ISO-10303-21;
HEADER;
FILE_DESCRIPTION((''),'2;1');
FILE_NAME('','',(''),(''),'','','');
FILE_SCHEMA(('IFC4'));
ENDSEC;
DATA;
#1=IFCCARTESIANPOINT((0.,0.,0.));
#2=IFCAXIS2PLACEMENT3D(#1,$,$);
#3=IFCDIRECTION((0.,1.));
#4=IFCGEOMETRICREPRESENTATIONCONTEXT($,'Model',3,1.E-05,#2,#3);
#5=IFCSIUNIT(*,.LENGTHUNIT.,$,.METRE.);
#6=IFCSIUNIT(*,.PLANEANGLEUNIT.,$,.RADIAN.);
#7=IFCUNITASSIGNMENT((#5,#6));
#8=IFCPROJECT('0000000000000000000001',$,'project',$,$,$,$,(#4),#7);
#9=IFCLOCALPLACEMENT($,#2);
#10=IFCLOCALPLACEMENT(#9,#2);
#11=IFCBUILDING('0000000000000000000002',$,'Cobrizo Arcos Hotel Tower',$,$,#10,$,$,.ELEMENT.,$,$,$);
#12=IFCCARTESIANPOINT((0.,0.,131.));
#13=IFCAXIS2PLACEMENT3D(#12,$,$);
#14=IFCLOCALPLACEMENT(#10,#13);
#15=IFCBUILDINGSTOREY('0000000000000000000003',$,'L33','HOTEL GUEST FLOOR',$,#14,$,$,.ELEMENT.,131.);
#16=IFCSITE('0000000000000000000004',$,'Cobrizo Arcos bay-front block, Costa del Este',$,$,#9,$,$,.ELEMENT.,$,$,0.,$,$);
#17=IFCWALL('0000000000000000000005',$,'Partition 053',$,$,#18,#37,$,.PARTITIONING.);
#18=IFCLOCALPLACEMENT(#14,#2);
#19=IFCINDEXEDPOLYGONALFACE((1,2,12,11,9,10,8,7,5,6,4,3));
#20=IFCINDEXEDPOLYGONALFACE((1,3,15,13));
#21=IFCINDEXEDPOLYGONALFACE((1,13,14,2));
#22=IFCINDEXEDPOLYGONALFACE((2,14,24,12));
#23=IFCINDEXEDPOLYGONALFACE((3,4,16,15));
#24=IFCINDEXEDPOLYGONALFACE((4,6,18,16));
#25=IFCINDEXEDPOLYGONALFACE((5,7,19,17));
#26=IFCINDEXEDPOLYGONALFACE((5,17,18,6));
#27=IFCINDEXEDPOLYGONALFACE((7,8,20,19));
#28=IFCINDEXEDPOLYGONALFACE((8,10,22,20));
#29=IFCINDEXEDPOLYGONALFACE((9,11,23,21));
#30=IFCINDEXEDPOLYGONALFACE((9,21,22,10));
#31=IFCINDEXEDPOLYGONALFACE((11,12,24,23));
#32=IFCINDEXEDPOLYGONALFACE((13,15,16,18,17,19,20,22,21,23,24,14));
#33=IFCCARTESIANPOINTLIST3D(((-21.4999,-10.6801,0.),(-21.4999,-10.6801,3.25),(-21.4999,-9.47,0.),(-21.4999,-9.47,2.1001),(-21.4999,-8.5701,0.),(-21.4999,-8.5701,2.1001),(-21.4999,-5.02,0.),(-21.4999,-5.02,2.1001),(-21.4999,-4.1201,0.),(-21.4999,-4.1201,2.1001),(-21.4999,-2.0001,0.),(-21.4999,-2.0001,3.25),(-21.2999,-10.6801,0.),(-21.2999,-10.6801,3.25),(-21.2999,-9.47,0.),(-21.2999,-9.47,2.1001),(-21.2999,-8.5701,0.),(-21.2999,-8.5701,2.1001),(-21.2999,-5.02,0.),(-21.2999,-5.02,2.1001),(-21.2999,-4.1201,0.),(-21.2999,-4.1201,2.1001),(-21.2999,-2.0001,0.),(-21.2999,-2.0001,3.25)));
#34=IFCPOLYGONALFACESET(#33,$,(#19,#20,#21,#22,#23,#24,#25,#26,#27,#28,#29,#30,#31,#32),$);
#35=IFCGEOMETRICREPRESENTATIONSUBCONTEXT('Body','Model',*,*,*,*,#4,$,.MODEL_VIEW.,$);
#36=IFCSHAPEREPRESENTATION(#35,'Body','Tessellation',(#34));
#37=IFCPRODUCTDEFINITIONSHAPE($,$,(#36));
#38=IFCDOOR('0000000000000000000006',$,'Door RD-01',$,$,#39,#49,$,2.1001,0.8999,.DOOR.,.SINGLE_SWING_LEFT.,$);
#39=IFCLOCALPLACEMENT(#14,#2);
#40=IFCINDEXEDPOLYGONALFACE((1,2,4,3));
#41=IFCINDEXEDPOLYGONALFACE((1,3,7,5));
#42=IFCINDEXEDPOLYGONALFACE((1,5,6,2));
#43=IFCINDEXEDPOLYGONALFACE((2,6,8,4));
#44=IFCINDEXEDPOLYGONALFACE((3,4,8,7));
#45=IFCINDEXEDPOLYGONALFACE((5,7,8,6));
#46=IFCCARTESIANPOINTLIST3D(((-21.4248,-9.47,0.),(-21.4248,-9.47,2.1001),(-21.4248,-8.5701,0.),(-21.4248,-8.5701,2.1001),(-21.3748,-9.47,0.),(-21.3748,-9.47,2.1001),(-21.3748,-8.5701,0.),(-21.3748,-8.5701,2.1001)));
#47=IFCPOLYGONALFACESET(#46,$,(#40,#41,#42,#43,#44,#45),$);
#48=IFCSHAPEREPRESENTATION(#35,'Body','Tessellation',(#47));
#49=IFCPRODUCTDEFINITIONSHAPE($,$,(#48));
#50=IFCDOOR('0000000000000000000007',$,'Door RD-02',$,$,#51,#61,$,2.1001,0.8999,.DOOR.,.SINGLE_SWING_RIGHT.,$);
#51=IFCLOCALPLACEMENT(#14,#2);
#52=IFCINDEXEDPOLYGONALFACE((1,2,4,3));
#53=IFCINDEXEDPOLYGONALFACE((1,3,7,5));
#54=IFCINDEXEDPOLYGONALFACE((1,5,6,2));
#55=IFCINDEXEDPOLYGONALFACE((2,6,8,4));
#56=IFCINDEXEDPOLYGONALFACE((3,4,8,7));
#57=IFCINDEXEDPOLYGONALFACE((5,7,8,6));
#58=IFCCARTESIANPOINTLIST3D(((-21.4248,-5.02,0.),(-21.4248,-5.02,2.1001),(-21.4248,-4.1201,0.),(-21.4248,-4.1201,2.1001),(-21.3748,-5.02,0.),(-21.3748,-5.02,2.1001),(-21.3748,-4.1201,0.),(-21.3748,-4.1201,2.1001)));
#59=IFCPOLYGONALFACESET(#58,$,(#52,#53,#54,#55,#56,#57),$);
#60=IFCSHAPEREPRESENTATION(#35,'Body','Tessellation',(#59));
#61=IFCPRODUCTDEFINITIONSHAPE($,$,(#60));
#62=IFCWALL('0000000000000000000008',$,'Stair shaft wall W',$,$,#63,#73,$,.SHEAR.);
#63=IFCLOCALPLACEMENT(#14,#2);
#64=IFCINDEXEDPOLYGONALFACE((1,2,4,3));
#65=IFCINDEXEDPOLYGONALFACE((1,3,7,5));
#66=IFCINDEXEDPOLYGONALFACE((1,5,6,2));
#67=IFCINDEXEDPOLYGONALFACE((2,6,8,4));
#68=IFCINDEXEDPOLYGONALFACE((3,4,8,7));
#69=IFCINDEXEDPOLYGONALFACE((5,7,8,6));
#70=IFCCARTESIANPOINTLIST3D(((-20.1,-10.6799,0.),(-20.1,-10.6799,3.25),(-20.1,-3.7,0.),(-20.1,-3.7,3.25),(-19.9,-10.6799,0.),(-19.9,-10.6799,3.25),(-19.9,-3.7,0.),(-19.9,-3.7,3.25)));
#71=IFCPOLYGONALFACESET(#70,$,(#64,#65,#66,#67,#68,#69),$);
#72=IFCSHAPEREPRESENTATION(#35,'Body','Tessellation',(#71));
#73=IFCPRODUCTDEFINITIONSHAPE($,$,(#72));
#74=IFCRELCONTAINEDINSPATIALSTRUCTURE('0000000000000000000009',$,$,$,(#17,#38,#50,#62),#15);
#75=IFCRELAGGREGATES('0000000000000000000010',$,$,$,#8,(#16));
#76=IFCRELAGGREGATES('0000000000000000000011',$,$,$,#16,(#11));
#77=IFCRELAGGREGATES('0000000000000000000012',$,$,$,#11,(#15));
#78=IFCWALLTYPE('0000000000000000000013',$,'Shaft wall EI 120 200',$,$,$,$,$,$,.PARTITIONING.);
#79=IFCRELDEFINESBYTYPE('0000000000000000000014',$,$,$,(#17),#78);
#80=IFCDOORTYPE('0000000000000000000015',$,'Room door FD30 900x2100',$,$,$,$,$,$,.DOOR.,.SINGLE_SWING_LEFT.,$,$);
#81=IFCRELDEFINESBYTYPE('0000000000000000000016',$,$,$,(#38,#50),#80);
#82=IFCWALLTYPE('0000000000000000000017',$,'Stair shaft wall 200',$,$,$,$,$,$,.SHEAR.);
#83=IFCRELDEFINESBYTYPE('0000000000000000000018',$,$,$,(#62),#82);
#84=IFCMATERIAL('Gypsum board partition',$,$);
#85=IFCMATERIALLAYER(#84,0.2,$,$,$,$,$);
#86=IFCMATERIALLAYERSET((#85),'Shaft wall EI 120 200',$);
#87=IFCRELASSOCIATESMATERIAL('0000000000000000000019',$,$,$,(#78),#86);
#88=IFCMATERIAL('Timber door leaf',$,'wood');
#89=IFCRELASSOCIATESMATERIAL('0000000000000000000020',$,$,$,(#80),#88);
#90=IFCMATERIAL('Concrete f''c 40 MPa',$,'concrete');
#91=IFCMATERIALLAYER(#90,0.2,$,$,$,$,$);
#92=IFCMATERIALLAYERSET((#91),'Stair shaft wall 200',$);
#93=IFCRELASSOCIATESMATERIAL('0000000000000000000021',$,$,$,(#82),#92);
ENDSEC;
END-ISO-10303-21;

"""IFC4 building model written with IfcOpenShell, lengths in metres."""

from ifc_helpers import new_model, si_unit, direction, frame, frame_2d, origin, place, context, subcontext, project, spatial, rectangle, extrude, material, layer, layer_set, type_object, element, fill, save


model = new_model("IFC4")

# Units and contexts
model_context = context("Model", 3, precision=1e-05, world=origin(), true_north=direction((0.0, 1.0)))
body_context = subcontext(model_context, "Body", "Model", "MODEL_VIEW")
ifc_project = project(units=[si_unit("LENGTHUNIT", "METRE"), si_unit("PLANEANGLEUNIT", "RADIAN")], contexts=[model_context])

# Site, building, storey
site_placement = place(None, origin())
site = spatial("IfcSite", under=ifc_project, at=site_placement, Name="Cobrizo Arcos bay-front block, Costa del Este", CompositionType="ELEMENT", RefElevation=0.0)
building_placement = place(site_placement, origin())
building = spatial("IfcBuilding", under=site, at=building_placement, Name="Cobrizo Arcos Hotel Tower", CompositionType="ELEMENT")
storey_placement = place(building_placement, frame((0.0, 0.0, 131.0)))
storey = spatial("IfcBuildingStorey", under=building, at=storey_placement, Name="L33", Description="HOTEL GUEST FLOOR", CompositionType="ELEMENT", Elevation=131.0)

# Wall, openings, doors
ifc_material_1 = material(Name="Gypsum board partition")
ifc_layer_1 = layer(ifc_material_1, 0.2)
ifc_layer_set_1 = layer_set([ifc_layer_1], Name="Shaft wall EI 120 200")
wall_type_1 = type_object("IfcWallType", Name="Shaft wall EI 120 200", PredefinedType="PARTITIONING", material=ifc_layer_set_1)
wall_1_placement = place(storey_placement, frame((-21.3999, -10.6799, 0.0), z_axis=(0.0, 0.0, 1.0), x_axis=(0.0, 1.0, 0.0)))
wall_1 = element("IfcWall", 1, at=wall_1_placement, inside=storey, type_object=wall_type_1, Name="Partition 053", PredefinedType="PARTITIONING", context=body_context, shape_type="SweptSolid", body=[
    extrude(rectangle(XDim=8.6799, YDim=0.2, at=frame_2d((4.3398, 0.0))), origin(), (0.0, 0.0, 1.0), 3.25),
])
opening_1_placement = place(wall_1_placement, frame((1.21, 0.0, 0.0)))
opening_1 = element("IfcOpeningElement", 2, at=opening_1_placement, cuts=wall_1, PredefinedType="OPENING", context=body_context, shape_type="SweptSolid", body=[
    extrude(rectangle(XDim=0.8999, YDim=2.1001, at=frame_2d((0.45, 1.05))), frame((0.0, 0.1121, 0.0), z_axis=(0.0, -1.0, 0.0), x_axis=(1.0, 0.0, 0.0)), (0.0, 0.0, 1.0), 0.2239),
])
opening_2_placement = place(wall_1_placement, frame((5.6599, 0.0, 0.0)))
opening_2 = element("IfcOpeningElement", 3, at=opening_2_placement, cuts=wall_1, PredefinedType="OPENING", context=body_context, shape_type="SweptSolid", body=[
    extrude(rectangle(XDim=0.8999, YDim=2.1001, at=frame_2d((0.45, 1.05))), frame((0.0, 0.1121, 0.0), z_axis=(0.0, -1.0, 0.0), x_axis=(1.0, 0.0, 0.0)), (0.0, 0.0, 1.0), 0.2239),
])
ifc_material_2 = material(Name="Timber door leaf", Category="wood")
door_type_1 = type_object("IfcDoorType", Name="Room door FD30 900x2100", OperationType="SINGLE_SWING_LEFT", PredefinedType="DOOR", material=ifc_material_2)
door_1_placement = place(opening_1_placement, origin())
door_1 = element("IfcDoor", 4, at=door_1_placement, inside=storey, type_object=door_type_1, Name="Door RD-01", OperationType="SINGLE_SWING_LEFT", OverallHeight=2.1001, OverallWidth=0.8999, PredefinedType="DOOR", context=body_context, shape_type="SweptSolid", body=[
    extrude(rectangle(XDim=0.8999, YDim=2.1001, at=frame_2d((0.45, 1.05))), frame((0.0, 0.0249, 0.0), z_axis=(0.0, -1.0, 0.0), x_axis=(1.0, 0.0, 0.0)), (0.0, 0.0, 1.0), 0.05),
])
fill(opening_1, door_1)
door_2_placement = place(opening_2_placement, origin())
door_2 = element("IfcDoor", 5, at=door_2_placement, inside=storey, type_object=door_type_1, Name="Door RD-02", OperationType="SINGLE_SWING_RIGHT", OverallHeight=2.1001, OverallWidth=0.8999, PredefinedType="DOOR", context=body_context, shape_type="SweptSolid", body=[
    extrude(rectangle(XDim=0.8999, YDim=2.1001, at=frame_2d((0.45, 1.05))), frame((0.0, 0.0249, 0.0), z_axis=(0.0, -1.0, 0.0), x_axis=(1.0, 0.0, 0.0)), (0.0, 0.0, 1.0), 0.05),
])
fill(opening_2, door_2)

# Wall
ifc_material_3 = material(Name="Concrete f'c 40 MPa", Category="concrete")
ifc_layer_2 = layer(ifc_material_3, 0.2)
ifc_layer_set_2 = layer_set([ifc_layer_2], Name="Stair shaft wall 200")
wall_type_2 = type_object("IfcWallType", Name="Stair shaft wall 200", PredefinedType="SHEAR", material=ifc_layer_set_2)
wall_2_placement = place(storey_placement, frame((-20.0, -10.6799, 0.0), z_axis=(0.0, 0.0, 1.0), x_axis=(0.0, 1.0, 0.0)))
element("IfcWall", 6, at=wall_2_placement, inside=storey, type_object=wall_type_2, Name="Stair shaft wall W", PredefinedType="SHEAR", context=body_context, shape_type="SweptSolid", body=[
    extrude(rectangle(XDim=6.98, YDim=0.2, at=frame_2d((3.49, 0.0))), origin(), (0.0, 0.0, 1.0), 3.25),
])

save(model, "model.ifc")
